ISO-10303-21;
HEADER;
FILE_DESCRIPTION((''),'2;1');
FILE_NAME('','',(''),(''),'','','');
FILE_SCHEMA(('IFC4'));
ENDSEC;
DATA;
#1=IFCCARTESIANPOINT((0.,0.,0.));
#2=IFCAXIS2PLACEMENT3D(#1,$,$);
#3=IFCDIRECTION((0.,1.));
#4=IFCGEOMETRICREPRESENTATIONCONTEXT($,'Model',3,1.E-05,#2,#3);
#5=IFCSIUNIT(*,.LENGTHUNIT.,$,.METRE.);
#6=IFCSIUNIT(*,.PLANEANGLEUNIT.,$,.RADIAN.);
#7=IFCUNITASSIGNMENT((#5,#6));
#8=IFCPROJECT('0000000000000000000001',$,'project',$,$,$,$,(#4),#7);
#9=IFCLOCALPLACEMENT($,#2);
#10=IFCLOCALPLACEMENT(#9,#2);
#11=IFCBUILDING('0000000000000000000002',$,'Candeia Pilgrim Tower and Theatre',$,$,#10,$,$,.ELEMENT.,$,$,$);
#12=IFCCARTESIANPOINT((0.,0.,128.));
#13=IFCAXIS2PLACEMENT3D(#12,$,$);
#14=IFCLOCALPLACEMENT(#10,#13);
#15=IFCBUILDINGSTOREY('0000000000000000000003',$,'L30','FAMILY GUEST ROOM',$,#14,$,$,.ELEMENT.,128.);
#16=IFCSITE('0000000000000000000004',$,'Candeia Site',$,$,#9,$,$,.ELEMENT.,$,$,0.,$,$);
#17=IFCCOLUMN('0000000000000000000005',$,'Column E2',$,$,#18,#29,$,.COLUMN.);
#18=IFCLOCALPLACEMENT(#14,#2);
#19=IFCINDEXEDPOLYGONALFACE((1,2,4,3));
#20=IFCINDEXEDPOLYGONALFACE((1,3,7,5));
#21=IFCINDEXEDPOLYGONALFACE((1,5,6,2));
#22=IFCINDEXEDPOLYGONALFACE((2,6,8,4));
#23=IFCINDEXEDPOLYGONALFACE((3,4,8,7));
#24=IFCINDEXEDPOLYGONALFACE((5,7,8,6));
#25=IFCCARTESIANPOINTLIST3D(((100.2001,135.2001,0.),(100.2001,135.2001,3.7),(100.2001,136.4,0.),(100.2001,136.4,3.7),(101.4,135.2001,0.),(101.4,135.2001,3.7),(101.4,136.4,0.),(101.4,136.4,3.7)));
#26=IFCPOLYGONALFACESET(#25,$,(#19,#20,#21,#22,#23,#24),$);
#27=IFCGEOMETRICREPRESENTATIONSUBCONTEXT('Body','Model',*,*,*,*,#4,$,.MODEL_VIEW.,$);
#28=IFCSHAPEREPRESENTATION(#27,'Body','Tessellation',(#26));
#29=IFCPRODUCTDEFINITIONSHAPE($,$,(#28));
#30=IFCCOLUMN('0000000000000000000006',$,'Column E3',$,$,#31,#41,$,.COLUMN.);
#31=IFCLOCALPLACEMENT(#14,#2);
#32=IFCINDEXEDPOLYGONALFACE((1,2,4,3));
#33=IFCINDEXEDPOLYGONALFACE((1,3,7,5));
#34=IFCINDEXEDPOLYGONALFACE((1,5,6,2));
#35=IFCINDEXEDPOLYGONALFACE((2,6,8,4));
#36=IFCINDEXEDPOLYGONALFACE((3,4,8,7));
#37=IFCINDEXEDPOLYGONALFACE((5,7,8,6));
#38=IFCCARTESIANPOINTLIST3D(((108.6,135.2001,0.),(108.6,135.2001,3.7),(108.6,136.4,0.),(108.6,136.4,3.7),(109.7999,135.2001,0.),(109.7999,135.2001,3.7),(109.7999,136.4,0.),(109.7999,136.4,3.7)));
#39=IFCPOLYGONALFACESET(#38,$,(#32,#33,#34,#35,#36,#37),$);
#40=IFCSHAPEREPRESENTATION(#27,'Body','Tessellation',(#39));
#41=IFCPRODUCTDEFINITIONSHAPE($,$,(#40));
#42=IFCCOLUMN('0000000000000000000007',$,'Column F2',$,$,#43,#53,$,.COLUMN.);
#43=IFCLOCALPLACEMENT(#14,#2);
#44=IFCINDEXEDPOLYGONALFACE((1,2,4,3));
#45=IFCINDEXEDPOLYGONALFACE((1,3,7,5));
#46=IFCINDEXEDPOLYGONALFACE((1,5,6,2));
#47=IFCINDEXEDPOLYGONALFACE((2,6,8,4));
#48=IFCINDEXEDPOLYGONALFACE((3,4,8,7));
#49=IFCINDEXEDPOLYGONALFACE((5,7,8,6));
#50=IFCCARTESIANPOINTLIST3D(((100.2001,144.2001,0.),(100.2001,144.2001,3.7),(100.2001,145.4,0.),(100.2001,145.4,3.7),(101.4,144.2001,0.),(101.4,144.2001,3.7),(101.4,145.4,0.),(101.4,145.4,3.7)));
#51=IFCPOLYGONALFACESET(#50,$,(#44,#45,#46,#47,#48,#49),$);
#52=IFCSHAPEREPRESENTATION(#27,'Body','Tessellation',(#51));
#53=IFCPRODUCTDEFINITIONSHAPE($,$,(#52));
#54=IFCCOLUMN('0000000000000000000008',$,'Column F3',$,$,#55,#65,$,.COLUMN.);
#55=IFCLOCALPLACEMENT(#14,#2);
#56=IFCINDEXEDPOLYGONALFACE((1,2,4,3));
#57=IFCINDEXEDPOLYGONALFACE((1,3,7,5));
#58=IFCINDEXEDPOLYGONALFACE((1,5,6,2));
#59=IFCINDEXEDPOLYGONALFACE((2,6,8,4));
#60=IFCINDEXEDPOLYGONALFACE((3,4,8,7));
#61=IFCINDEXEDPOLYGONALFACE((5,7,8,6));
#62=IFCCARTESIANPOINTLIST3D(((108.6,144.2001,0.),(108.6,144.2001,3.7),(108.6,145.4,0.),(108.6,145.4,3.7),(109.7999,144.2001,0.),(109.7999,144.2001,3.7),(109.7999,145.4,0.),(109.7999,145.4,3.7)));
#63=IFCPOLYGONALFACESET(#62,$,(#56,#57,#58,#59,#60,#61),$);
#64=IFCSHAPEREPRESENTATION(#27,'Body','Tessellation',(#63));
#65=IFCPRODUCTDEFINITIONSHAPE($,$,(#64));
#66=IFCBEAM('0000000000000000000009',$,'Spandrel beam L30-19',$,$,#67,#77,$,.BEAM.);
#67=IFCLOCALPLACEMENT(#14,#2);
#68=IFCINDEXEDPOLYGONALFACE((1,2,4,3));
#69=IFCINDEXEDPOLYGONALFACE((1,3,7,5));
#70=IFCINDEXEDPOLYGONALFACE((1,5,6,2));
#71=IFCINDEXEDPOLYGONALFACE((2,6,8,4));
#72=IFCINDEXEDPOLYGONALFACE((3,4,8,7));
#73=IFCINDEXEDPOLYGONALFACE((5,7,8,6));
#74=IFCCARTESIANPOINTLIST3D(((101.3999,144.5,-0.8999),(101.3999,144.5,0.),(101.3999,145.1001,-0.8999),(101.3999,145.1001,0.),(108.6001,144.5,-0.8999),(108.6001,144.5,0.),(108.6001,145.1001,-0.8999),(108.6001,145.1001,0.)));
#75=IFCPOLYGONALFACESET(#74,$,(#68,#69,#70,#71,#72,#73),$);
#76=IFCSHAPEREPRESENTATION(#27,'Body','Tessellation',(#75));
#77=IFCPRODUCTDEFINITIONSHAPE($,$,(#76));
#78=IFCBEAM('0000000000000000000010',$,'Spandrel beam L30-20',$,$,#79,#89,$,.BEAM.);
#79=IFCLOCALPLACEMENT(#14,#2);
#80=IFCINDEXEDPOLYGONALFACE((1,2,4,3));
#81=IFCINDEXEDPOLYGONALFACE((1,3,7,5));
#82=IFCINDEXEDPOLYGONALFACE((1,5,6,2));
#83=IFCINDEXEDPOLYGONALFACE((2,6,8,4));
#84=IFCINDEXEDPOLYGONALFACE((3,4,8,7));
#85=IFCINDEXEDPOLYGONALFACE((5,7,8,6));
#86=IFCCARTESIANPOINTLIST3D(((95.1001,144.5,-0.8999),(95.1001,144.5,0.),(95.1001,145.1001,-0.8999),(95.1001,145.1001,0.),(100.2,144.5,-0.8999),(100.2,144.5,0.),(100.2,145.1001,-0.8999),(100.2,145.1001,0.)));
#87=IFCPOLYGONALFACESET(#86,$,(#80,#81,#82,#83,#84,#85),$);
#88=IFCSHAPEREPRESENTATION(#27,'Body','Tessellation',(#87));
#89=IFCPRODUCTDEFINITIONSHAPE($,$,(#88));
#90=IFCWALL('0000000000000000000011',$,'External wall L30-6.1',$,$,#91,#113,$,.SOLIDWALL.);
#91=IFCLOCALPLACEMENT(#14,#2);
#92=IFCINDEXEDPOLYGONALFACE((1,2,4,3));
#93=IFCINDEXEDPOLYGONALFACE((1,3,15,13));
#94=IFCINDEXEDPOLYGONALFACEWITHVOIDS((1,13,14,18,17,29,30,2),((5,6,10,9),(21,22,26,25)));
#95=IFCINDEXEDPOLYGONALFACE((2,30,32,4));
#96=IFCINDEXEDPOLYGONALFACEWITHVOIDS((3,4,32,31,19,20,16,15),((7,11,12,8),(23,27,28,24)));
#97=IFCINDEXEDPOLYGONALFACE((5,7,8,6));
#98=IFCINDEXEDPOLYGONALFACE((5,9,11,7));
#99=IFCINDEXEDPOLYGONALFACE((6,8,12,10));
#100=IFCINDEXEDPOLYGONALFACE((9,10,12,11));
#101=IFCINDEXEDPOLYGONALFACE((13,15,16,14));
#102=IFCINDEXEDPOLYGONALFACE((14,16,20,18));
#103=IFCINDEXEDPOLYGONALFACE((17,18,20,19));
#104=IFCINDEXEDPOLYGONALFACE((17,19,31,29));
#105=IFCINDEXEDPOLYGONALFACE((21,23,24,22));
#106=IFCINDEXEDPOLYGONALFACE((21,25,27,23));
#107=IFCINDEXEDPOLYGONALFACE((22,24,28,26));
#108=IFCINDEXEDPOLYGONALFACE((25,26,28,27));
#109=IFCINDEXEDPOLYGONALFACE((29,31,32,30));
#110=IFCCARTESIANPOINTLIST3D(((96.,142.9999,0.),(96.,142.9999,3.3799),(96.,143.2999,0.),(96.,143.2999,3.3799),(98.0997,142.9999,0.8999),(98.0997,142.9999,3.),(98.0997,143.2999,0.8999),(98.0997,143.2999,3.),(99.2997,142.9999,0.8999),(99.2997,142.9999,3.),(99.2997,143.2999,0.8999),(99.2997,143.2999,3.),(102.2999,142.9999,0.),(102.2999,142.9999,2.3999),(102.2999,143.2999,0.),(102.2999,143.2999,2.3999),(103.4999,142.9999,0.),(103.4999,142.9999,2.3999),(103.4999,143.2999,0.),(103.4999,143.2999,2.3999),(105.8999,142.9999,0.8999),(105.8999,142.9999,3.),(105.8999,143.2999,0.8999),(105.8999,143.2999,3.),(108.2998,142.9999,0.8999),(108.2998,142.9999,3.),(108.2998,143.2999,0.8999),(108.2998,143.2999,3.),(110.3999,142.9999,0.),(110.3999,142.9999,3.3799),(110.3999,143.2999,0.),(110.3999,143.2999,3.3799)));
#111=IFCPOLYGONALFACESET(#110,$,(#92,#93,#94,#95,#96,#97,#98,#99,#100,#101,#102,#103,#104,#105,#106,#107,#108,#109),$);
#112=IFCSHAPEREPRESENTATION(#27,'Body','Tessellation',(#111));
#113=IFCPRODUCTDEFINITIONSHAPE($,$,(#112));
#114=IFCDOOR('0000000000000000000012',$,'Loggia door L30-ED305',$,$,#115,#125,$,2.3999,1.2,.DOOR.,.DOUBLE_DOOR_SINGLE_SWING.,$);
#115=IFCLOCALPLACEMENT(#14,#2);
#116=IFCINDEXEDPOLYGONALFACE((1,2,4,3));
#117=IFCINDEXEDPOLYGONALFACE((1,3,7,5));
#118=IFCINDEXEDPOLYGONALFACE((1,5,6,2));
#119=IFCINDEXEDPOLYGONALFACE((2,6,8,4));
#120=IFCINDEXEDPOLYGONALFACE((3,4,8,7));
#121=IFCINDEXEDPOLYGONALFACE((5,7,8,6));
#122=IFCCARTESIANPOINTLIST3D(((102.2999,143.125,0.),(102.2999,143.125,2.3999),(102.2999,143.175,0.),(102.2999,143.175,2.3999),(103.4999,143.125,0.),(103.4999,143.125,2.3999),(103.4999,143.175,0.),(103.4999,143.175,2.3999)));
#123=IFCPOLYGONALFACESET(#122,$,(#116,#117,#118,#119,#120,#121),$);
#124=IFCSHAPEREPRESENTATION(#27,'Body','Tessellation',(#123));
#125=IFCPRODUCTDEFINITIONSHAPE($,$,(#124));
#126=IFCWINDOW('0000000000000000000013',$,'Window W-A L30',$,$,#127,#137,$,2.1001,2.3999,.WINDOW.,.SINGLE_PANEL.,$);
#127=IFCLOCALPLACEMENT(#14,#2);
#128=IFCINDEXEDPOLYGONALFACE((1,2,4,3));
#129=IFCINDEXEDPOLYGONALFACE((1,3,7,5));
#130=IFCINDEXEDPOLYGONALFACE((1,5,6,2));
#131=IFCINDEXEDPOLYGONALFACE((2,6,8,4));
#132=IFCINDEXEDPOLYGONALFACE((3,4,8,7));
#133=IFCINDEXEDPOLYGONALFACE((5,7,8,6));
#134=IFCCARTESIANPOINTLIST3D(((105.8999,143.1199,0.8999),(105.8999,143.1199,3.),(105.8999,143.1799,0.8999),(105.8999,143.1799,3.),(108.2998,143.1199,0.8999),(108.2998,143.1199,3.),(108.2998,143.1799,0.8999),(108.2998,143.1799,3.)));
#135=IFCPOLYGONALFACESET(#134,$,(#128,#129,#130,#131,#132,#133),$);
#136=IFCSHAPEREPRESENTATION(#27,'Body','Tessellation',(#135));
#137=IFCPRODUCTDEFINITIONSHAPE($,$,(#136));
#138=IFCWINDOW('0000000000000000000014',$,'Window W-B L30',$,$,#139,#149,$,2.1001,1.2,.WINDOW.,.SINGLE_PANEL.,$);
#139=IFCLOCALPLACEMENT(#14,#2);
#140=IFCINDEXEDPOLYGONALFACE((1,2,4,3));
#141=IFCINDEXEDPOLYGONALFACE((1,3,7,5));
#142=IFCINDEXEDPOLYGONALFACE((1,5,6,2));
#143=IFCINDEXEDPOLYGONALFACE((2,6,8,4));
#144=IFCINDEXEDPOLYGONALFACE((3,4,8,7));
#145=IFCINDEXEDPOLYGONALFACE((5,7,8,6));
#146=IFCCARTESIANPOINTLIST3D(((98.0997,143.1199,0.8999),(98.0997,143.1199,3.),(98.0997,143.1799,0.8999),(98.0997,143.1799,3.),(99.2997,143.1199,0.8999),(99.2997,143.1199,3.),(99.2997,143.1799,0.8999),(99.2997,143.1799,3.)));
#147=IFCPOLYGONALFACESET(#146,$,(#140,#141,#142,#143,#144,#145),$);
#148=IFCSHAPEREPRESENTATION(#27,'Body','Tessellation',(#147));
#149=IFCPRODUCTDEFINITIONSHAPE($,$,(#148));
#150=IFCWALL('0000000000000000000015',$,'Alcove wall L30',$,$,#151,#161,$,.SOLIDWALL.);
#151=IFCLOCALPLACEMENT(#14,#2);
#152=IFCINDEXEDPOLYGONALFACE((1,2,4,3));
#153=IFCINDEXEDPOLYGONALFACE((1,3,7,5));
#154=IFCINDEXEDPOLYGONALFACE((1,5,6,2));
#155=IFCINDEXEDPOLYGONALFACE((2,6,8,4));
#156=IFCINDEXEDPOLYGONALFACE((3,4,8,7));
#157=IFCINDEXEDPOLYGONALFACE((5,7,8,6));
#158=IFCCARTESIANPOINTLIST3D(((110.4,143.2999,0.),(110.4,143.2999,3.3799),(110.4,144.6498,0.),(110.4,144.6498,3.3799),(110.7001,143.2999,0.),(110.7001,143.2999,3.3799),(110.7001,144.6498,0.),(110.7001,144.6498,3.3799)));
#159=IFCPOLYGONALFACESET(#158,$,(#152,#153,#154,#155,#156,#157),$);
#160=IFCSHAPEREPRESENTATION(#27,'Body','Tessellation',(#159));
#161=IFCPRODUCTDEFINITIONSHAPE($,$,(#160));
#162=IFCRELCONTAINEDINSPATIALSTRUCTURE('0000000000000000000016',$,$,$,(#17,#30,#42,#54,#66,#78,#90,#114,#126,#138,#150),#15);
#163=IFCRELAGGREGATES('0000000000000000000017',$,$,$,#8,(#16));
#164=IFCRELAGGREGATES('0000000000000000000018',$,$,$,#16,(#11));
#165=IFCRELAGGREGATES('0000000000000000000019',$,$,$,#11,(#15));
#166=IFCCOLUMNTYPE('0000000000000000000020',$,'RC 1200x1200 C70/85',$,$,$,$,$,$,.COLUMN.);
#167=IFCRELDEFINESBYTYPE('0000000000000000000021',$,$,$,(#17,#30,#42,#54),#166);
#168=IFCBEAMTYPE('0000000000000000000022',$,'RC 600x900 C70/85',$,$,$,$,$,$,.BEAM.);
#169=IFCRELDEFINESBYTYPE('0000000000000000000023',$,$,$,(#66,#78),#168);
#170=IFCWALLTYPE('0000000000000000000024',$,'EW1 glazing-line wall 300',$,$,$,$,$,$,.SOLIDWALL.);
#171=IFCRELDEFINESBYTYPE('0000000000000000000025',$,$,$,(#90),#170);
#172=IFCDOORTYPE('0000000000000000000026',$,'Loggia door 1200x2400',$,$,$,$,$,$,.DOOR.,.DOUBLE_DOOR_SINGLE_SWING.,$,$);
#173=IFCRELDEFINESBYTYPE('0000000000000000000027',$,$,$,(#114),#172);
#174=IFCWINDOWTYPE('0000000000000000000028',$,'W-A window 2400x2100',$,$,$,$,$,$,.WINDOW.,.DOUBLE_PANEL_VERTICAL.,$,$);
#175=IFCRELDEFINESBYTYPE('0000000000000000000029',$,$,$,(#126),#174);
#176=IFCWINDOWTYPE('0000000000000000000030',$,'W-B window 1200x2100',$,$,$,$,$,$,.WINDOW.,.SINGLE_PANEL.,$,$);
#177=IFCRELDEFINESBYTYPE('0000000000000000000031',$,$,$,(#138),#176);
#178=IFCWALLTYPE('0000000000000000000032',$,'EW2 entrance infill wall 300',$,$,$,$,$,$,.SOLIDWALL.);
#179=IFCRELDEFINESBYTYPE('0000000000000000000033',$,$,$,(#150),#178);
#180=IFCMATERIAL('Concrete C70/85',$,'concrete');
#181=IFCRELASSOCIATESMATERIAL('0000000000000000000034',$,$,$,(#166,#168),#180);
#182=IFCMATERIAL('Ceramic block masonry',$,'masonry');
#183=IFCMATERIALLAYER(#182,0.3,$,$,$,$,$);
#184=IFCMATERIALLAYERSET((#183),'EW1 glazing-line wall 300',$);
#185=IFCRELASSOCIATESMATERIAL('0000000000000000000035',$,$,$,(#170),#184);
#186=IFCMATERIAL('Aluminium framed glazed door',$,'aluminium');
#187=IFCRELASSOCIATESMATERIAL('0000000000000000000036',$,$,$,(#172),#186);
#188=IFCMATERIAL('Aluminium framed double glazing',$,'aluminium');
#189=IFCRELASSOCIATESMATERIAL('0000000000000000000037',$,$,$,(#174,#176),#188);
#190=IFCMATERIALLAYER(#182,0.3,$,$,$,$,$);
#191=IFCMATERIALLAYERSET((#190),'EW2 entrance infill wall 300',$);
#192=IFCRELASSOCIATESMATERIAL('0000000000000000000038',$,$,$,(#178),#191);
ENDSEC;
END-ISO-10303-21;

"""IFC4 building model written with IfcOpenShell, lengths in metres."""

from ifc_helpers import new_model, si_unit, direction, frame, frame_2d, origin, origin_2d, place, context, subcontext, project, spatial, rectangle, extrude, material, layer, layer_set, material_profile, profile_set, type_object, element, fill, save


model = new_model("IFC4")

# Units and contexts
model_context = context("Model", 3, precision=1e-05, world=origin(), true_north=direction((0.0, 1.0)))
body_context = subcontext(model_context, "Body", "Model", "MODEL_VIEW")
ifc_project = project(units=[si_unit("LENGTHUNIT", "METRE"), si_unit("PLANEANGLEUNIT", "RADIAN")], contexts=[model_context])

# Site, building, storey
site_placement = place(None, origin())
site = spatial("IfcSite", under=ifc_project, at=site_placement, Name="Candeia Site", CompositionType="ELEMENT", RefElevation=0.0)
building_placement = place(site_placement, origin())
building = spatial("IfcBuilding", under=site, at=building_placement, Name="Candeia Pilgrim Tower and Theatre", CompositionType="ELEMENT")
storey_placement = place(building_placement, frame((0.0, 0.0, 128.0)))
storey = spatial("IfcBuildingStorey", under=building, at=storey_placement, Name="L30", Description="FAMILY GUEST ROOM", CompositionType="ELEMENT", Elevation=128.0)

# Columns
ifc_material_1 = material(Name="Concrete C70/85", Category="concrete")
ifc_material_profile_1 = material_profile(ifc_material_1, rectangle(XDim=1.2, YDim=1.2, at=origin_2d()))
ifc_profile_set_1 = profile_set([ifc_material_profile_1], Name="Concrete C70/85")
column_type = type_object("IfcColumnType", Name="RC 1200x1200 C70/85", PredefinedType="COLUMN", material=ifc_profile_set_1)
for number, where, z_axis, x_axis, name in (
    (1, (100.8, 135.8, 0.0), (0.0, 0.0, 1.0), (1.0, 0.0, 0.0), "Column E2"),
    (2, (109.2, 135.8, 0.0), (0.0, 0.0, 1.0), (1.0, 0.0, 0.0), "Column E3"),
    (3, (100.8, 144.8, 0.0), (0.0, 0.0, 1.0), (1.0, 0.0, 0.0), "Column F2"),
    (4, (109.2, 144.8, 0.0), (0.0, 0.0, 1.0), (1.0, 0.0, 0.0), "Column F3"),
):
    element("IfcColumn", number, at=place(storey_placement, frame(where, z_axis=z_axis, x_axis=x_axis)), inside=storey, type_object=column_type, Name=name, PredefinedType="COLUMN", context=body_context, shape_type="SweptSolid", body=[
        extrude(rectangle(XDim=1.2, YDim=1.2, at=origin_2d()), origin(), (0.0, 0.0, 1.0), 3.7),
    ])

# Beams
ifc_material_profile_2 = material_profile(ifc_material_1, rectangle(XDim=0.6001, YDim=0.8999, at=origin_2d()))
ifc_profile_set_2 = profile_set([ifc_material_profile_2], Name="Concrete C70/85")
beam_type = type_object("IfcBeamType", Name="RC 600x900 C70/85", PredefinedType="BEAM", material=ifc_profile_set_2)
beam_1_placement = place(storey_placement, frame((108.6001, 144.8, -0.45), z_axis=(-1.0, 0.0, 0.0), x_axis=(0.0, -1.0, 0.0)))
element("IfcBeam", 5, at=beam_1_placement, inside=storey, type_object=beam_type, Name="Spandrel beam L30-19", PredefinedType="BEAM", context=body_context, shape_type="SweptSolid", body=[
    extrude(rectangle(XDim=0.6001, YDim=0.8999, at=origin_2d()), origin(), (0.0, 0.0, 1.0), 7.2002),
])
beam_2_placement = place(storey_placement, frame((100.2, 144.8, -0.45), z_axis=(-1.0, 0.0, 0.0), x_axis=(0.0, -1.0, 0.0)))
element("IfcBeam", 6, at=beam_2_placement, inside=storey, type_object=beam_type, Name="Spandrel beam L30-20", PredefinedType="BEAM", context=body_context, shape_type="SweptSolid", body=[
    extrude(rectangle(XDim=0.6001, YDim=0.8999, at=origin_2d()), origin(), (0.0, 0.0, 1.0), 5.0999),
])

# Wall, openings, door, windows
ifc_material_2 = material(Name="Ceramic block masonry", Category="masonry")
ifc_layer_1 = layer(ifc_material_2, 0.3)
ifc_layer_set_1 = layer_set([ifc_layer_1], Name="EW1 glazing-line wall 300")
wall_type_1 = type_object("IfcWallType", Name="EW1 glazing-line wall 300", PredefinedType="SOLIDWALL", material=ifc_layer_set_1)
wall_1_placement = place(storey_placement, frame((110.3999, 143.1499, 0.0), z_axis=(0.0, 0.0, 1.0), x_axis=(-1.0, 0.0, 0.0)))
wall_1 = element("IfcWall", 7, at=wall_1_placement, inside=storey, type_object=wall_type_1, Name="External wall L30-6.1", PredefinedType="SOLIDWALL", context=body_context, shape_type="SweptSolid", body=[
    extrude(rectangle(XDim=14.3999, YDim=0.3, at=frame_2d((7.2, 0.0))), origin(), (0.0, 0.0, 1.0), 3.3799),
])
opening_1_placement = place(wall_1_placement, frame((2.1001, 0.0, 0.8999)))
opening_1 = element("IfcOpeningElement", 8, at=opening_1_placement, cuts=wall_1, PredefinedType="OPENING", context=body_context, shape_type="SweptSolid", body=[
    extrude(rectangle(XDim=2.3999, YDim=2.1001, at=frame_2d((1.2, 1.05))), frame((0.0, 0.1602, 0.0), z_axis=(0.0, -1.0, 0.0), x_axis=(1.0, 0.0, 0.0)), (0.0, 0.0, 1.0), 0.3201),
])
opening_2_placement = place(wall_1_placement, frame((6.8999, 0.0, 0.0)))
opening_2 = element("IfcOpeningElement", 9, at=opening_2_placement, cuts=wall_1, PredefinedType="OPENING", context=body_context, shape_type="SweptSolid", body=[
    extrude(rectangle(XDim=1.2, YDim=2.3999, at=frame_2d((0.6001, 1.2))), frame((0.0, 0.1602, 0.0), z_axis=(0.0, -1.0, 0.0), x_axis=(1.0, 0.0, 0.0)), (0.0, 0.0, 1.0), 0.3201),
])
opening_3_placement = place(wall_1_placement, frame((11.1001, 0.0, 0.8999)))
opening_3 = element("IfcOpeningElement", 10, at=opening_3_placement, cuts=wall_1, PredefinedType="OPENING", context=body_context, shape_type="SweptSolid", body=[
    extrude(rectangle(XDim=1.2, YDim=2.1001, at=frame_2d((0.6001, 1.05))), frame((0.0, 0.1602, 0.0), z_axis=(0.0, -1.0, 0.0), x_axis=(1.0, 0.0, 0.0)), (0.0, 0.0, 1.0), 0.3201),
])
ifc_material_3 = material(Name="Aluminium framed glazed door", Category="aluminium")
door_type_1 = type_object("IfcDoorType", Name="Loggia door 1200x2400", OperationType="DOUBLE_DOOR_SINGLE_SWING", PredefinedType="DOOR", material=ifc_material_3)
door_1_placement = place(opening_2_placement, origin())
door_1 = element("IfcDoor", 11, at=door_1_placement, inside=storey, type_object=door_type_1, Name="Loggia door L30-ED305", OperationType="DOUBLE_DOOR_SINGLE_SWING", OverallHeight=2.3999, OverallWidth=1.2, PredefinedType="DOOR", context=body_context, shape_type="SweptSolid", body=[
    extrude(rectangle(XDim=1.2, YDim=2.3999, at=frame_2d((0.6001, 1.2))), frame((0.0, 0.0249, 0.0), z_axis=(0.0, -1.0, 0.0), x_axis=(1.0, 0.0, 0.0)), (0.0, 0.0, 1.0), 0.05),
])
fill(opening_2, door_1)
ifc_material_4 = material(Name="Aluminium framed double glazing", Category="aluminium")
window_type_1 = type_object("IfcWindowType", Name="W-A window 2400x2100", PartitioningType="DOUBLE_PANEL_VERTICAL", PredefinedType="WINDOW", material=ifc_material_4)
window_1_placement = place(opening_1_placement, origin())
window_1 = element("IfcWindow", 12, at=window_1_placement, inside=storey, type_object=window_type_1, Name="Window W-A L30", OverallHeight=2.1001, OverallWidth=2.3999, PartitioningType="SINGLE_PANEL", PredefinedType="WINDOW", context=body_context, shape_type="SweptSolid", body=[
    extrude(rectangle(XDim=2.3999, YDim=2.1001, at=frame_2d((1.2, 1.05))), frame((0.0, 0.03, 0.0), z_axis=(0.0, -1.0, 0.0), x_axis=(1.0, 0.0, 0.0)), (0.0, 0.0, 1.0), 0.0601),
])
fill(opening_1, window_1)
window_type_2 = type_object("IfcWindowType", Name="W-B window 1200x2100", PartitioningType="SINGLE_PANEL", PredefinedType="WINDOW", material=ifc_material_4)
window_2_placement = place(opening_3_placement, origin())
window_2 = element("IfcWindow", 13, at=window_2_placement, inside=storey, type_object=window_type_2, Name="Window W-B L30", OverallHeight=2.1001, OverallWidth=1.2, PartitioningType="SINGLE_PANEL", PredefinedType="WINDOW", context=body_context, shape_type="SweptSolid", body=[
    extrude(rectangle(XDim=1.2, YDim=2.1001, at=frame_2d((0.6001, 1.05))), frame((0.0, 0.03, 0.0), z_axis=(0.0, -1.0, 0.0), x_axis=(1.0, 0.0, 0.0)), (0.0, 0.0, 1.0), 0.0601),
])
fill(opening_3, window_2)

# Wall
ifc_layer_2 = layer(ifc_material_2, 0.3)
ifc_layer_set_2 = layer_set([ifc_layer_2], Name="EW2 entrance infill wall 300")
wall_type_2 = type_object("IfcWallType", Name="EW2 entrance infill wall 300", PredefinedType="SOLIDWALL", material=ifc_layer_set_2)
wall_2_placement = place(storey_placement, frame((110.55, 143.3, 0.0), z_axis=(0.0, 0.0, 1.0), x_axis=(0.0, 1.0, 0.0)))
element("IfcWall", 14, at=wall_2_placement, inside=storey, type_object=wall_type_2, Name="Alcove wall L30", PredefinedType="SOLIDWALL", context=body_context, shape_type="SweptSolid", body=[
    extrude(rectangle(XDim=1.3499, YDim=0.3, at=frame_2d((0.6748, 0.0))), origin(), (0.0, 0.0, 1.0), 3.3799),
])

save(model, "model.ifc")
